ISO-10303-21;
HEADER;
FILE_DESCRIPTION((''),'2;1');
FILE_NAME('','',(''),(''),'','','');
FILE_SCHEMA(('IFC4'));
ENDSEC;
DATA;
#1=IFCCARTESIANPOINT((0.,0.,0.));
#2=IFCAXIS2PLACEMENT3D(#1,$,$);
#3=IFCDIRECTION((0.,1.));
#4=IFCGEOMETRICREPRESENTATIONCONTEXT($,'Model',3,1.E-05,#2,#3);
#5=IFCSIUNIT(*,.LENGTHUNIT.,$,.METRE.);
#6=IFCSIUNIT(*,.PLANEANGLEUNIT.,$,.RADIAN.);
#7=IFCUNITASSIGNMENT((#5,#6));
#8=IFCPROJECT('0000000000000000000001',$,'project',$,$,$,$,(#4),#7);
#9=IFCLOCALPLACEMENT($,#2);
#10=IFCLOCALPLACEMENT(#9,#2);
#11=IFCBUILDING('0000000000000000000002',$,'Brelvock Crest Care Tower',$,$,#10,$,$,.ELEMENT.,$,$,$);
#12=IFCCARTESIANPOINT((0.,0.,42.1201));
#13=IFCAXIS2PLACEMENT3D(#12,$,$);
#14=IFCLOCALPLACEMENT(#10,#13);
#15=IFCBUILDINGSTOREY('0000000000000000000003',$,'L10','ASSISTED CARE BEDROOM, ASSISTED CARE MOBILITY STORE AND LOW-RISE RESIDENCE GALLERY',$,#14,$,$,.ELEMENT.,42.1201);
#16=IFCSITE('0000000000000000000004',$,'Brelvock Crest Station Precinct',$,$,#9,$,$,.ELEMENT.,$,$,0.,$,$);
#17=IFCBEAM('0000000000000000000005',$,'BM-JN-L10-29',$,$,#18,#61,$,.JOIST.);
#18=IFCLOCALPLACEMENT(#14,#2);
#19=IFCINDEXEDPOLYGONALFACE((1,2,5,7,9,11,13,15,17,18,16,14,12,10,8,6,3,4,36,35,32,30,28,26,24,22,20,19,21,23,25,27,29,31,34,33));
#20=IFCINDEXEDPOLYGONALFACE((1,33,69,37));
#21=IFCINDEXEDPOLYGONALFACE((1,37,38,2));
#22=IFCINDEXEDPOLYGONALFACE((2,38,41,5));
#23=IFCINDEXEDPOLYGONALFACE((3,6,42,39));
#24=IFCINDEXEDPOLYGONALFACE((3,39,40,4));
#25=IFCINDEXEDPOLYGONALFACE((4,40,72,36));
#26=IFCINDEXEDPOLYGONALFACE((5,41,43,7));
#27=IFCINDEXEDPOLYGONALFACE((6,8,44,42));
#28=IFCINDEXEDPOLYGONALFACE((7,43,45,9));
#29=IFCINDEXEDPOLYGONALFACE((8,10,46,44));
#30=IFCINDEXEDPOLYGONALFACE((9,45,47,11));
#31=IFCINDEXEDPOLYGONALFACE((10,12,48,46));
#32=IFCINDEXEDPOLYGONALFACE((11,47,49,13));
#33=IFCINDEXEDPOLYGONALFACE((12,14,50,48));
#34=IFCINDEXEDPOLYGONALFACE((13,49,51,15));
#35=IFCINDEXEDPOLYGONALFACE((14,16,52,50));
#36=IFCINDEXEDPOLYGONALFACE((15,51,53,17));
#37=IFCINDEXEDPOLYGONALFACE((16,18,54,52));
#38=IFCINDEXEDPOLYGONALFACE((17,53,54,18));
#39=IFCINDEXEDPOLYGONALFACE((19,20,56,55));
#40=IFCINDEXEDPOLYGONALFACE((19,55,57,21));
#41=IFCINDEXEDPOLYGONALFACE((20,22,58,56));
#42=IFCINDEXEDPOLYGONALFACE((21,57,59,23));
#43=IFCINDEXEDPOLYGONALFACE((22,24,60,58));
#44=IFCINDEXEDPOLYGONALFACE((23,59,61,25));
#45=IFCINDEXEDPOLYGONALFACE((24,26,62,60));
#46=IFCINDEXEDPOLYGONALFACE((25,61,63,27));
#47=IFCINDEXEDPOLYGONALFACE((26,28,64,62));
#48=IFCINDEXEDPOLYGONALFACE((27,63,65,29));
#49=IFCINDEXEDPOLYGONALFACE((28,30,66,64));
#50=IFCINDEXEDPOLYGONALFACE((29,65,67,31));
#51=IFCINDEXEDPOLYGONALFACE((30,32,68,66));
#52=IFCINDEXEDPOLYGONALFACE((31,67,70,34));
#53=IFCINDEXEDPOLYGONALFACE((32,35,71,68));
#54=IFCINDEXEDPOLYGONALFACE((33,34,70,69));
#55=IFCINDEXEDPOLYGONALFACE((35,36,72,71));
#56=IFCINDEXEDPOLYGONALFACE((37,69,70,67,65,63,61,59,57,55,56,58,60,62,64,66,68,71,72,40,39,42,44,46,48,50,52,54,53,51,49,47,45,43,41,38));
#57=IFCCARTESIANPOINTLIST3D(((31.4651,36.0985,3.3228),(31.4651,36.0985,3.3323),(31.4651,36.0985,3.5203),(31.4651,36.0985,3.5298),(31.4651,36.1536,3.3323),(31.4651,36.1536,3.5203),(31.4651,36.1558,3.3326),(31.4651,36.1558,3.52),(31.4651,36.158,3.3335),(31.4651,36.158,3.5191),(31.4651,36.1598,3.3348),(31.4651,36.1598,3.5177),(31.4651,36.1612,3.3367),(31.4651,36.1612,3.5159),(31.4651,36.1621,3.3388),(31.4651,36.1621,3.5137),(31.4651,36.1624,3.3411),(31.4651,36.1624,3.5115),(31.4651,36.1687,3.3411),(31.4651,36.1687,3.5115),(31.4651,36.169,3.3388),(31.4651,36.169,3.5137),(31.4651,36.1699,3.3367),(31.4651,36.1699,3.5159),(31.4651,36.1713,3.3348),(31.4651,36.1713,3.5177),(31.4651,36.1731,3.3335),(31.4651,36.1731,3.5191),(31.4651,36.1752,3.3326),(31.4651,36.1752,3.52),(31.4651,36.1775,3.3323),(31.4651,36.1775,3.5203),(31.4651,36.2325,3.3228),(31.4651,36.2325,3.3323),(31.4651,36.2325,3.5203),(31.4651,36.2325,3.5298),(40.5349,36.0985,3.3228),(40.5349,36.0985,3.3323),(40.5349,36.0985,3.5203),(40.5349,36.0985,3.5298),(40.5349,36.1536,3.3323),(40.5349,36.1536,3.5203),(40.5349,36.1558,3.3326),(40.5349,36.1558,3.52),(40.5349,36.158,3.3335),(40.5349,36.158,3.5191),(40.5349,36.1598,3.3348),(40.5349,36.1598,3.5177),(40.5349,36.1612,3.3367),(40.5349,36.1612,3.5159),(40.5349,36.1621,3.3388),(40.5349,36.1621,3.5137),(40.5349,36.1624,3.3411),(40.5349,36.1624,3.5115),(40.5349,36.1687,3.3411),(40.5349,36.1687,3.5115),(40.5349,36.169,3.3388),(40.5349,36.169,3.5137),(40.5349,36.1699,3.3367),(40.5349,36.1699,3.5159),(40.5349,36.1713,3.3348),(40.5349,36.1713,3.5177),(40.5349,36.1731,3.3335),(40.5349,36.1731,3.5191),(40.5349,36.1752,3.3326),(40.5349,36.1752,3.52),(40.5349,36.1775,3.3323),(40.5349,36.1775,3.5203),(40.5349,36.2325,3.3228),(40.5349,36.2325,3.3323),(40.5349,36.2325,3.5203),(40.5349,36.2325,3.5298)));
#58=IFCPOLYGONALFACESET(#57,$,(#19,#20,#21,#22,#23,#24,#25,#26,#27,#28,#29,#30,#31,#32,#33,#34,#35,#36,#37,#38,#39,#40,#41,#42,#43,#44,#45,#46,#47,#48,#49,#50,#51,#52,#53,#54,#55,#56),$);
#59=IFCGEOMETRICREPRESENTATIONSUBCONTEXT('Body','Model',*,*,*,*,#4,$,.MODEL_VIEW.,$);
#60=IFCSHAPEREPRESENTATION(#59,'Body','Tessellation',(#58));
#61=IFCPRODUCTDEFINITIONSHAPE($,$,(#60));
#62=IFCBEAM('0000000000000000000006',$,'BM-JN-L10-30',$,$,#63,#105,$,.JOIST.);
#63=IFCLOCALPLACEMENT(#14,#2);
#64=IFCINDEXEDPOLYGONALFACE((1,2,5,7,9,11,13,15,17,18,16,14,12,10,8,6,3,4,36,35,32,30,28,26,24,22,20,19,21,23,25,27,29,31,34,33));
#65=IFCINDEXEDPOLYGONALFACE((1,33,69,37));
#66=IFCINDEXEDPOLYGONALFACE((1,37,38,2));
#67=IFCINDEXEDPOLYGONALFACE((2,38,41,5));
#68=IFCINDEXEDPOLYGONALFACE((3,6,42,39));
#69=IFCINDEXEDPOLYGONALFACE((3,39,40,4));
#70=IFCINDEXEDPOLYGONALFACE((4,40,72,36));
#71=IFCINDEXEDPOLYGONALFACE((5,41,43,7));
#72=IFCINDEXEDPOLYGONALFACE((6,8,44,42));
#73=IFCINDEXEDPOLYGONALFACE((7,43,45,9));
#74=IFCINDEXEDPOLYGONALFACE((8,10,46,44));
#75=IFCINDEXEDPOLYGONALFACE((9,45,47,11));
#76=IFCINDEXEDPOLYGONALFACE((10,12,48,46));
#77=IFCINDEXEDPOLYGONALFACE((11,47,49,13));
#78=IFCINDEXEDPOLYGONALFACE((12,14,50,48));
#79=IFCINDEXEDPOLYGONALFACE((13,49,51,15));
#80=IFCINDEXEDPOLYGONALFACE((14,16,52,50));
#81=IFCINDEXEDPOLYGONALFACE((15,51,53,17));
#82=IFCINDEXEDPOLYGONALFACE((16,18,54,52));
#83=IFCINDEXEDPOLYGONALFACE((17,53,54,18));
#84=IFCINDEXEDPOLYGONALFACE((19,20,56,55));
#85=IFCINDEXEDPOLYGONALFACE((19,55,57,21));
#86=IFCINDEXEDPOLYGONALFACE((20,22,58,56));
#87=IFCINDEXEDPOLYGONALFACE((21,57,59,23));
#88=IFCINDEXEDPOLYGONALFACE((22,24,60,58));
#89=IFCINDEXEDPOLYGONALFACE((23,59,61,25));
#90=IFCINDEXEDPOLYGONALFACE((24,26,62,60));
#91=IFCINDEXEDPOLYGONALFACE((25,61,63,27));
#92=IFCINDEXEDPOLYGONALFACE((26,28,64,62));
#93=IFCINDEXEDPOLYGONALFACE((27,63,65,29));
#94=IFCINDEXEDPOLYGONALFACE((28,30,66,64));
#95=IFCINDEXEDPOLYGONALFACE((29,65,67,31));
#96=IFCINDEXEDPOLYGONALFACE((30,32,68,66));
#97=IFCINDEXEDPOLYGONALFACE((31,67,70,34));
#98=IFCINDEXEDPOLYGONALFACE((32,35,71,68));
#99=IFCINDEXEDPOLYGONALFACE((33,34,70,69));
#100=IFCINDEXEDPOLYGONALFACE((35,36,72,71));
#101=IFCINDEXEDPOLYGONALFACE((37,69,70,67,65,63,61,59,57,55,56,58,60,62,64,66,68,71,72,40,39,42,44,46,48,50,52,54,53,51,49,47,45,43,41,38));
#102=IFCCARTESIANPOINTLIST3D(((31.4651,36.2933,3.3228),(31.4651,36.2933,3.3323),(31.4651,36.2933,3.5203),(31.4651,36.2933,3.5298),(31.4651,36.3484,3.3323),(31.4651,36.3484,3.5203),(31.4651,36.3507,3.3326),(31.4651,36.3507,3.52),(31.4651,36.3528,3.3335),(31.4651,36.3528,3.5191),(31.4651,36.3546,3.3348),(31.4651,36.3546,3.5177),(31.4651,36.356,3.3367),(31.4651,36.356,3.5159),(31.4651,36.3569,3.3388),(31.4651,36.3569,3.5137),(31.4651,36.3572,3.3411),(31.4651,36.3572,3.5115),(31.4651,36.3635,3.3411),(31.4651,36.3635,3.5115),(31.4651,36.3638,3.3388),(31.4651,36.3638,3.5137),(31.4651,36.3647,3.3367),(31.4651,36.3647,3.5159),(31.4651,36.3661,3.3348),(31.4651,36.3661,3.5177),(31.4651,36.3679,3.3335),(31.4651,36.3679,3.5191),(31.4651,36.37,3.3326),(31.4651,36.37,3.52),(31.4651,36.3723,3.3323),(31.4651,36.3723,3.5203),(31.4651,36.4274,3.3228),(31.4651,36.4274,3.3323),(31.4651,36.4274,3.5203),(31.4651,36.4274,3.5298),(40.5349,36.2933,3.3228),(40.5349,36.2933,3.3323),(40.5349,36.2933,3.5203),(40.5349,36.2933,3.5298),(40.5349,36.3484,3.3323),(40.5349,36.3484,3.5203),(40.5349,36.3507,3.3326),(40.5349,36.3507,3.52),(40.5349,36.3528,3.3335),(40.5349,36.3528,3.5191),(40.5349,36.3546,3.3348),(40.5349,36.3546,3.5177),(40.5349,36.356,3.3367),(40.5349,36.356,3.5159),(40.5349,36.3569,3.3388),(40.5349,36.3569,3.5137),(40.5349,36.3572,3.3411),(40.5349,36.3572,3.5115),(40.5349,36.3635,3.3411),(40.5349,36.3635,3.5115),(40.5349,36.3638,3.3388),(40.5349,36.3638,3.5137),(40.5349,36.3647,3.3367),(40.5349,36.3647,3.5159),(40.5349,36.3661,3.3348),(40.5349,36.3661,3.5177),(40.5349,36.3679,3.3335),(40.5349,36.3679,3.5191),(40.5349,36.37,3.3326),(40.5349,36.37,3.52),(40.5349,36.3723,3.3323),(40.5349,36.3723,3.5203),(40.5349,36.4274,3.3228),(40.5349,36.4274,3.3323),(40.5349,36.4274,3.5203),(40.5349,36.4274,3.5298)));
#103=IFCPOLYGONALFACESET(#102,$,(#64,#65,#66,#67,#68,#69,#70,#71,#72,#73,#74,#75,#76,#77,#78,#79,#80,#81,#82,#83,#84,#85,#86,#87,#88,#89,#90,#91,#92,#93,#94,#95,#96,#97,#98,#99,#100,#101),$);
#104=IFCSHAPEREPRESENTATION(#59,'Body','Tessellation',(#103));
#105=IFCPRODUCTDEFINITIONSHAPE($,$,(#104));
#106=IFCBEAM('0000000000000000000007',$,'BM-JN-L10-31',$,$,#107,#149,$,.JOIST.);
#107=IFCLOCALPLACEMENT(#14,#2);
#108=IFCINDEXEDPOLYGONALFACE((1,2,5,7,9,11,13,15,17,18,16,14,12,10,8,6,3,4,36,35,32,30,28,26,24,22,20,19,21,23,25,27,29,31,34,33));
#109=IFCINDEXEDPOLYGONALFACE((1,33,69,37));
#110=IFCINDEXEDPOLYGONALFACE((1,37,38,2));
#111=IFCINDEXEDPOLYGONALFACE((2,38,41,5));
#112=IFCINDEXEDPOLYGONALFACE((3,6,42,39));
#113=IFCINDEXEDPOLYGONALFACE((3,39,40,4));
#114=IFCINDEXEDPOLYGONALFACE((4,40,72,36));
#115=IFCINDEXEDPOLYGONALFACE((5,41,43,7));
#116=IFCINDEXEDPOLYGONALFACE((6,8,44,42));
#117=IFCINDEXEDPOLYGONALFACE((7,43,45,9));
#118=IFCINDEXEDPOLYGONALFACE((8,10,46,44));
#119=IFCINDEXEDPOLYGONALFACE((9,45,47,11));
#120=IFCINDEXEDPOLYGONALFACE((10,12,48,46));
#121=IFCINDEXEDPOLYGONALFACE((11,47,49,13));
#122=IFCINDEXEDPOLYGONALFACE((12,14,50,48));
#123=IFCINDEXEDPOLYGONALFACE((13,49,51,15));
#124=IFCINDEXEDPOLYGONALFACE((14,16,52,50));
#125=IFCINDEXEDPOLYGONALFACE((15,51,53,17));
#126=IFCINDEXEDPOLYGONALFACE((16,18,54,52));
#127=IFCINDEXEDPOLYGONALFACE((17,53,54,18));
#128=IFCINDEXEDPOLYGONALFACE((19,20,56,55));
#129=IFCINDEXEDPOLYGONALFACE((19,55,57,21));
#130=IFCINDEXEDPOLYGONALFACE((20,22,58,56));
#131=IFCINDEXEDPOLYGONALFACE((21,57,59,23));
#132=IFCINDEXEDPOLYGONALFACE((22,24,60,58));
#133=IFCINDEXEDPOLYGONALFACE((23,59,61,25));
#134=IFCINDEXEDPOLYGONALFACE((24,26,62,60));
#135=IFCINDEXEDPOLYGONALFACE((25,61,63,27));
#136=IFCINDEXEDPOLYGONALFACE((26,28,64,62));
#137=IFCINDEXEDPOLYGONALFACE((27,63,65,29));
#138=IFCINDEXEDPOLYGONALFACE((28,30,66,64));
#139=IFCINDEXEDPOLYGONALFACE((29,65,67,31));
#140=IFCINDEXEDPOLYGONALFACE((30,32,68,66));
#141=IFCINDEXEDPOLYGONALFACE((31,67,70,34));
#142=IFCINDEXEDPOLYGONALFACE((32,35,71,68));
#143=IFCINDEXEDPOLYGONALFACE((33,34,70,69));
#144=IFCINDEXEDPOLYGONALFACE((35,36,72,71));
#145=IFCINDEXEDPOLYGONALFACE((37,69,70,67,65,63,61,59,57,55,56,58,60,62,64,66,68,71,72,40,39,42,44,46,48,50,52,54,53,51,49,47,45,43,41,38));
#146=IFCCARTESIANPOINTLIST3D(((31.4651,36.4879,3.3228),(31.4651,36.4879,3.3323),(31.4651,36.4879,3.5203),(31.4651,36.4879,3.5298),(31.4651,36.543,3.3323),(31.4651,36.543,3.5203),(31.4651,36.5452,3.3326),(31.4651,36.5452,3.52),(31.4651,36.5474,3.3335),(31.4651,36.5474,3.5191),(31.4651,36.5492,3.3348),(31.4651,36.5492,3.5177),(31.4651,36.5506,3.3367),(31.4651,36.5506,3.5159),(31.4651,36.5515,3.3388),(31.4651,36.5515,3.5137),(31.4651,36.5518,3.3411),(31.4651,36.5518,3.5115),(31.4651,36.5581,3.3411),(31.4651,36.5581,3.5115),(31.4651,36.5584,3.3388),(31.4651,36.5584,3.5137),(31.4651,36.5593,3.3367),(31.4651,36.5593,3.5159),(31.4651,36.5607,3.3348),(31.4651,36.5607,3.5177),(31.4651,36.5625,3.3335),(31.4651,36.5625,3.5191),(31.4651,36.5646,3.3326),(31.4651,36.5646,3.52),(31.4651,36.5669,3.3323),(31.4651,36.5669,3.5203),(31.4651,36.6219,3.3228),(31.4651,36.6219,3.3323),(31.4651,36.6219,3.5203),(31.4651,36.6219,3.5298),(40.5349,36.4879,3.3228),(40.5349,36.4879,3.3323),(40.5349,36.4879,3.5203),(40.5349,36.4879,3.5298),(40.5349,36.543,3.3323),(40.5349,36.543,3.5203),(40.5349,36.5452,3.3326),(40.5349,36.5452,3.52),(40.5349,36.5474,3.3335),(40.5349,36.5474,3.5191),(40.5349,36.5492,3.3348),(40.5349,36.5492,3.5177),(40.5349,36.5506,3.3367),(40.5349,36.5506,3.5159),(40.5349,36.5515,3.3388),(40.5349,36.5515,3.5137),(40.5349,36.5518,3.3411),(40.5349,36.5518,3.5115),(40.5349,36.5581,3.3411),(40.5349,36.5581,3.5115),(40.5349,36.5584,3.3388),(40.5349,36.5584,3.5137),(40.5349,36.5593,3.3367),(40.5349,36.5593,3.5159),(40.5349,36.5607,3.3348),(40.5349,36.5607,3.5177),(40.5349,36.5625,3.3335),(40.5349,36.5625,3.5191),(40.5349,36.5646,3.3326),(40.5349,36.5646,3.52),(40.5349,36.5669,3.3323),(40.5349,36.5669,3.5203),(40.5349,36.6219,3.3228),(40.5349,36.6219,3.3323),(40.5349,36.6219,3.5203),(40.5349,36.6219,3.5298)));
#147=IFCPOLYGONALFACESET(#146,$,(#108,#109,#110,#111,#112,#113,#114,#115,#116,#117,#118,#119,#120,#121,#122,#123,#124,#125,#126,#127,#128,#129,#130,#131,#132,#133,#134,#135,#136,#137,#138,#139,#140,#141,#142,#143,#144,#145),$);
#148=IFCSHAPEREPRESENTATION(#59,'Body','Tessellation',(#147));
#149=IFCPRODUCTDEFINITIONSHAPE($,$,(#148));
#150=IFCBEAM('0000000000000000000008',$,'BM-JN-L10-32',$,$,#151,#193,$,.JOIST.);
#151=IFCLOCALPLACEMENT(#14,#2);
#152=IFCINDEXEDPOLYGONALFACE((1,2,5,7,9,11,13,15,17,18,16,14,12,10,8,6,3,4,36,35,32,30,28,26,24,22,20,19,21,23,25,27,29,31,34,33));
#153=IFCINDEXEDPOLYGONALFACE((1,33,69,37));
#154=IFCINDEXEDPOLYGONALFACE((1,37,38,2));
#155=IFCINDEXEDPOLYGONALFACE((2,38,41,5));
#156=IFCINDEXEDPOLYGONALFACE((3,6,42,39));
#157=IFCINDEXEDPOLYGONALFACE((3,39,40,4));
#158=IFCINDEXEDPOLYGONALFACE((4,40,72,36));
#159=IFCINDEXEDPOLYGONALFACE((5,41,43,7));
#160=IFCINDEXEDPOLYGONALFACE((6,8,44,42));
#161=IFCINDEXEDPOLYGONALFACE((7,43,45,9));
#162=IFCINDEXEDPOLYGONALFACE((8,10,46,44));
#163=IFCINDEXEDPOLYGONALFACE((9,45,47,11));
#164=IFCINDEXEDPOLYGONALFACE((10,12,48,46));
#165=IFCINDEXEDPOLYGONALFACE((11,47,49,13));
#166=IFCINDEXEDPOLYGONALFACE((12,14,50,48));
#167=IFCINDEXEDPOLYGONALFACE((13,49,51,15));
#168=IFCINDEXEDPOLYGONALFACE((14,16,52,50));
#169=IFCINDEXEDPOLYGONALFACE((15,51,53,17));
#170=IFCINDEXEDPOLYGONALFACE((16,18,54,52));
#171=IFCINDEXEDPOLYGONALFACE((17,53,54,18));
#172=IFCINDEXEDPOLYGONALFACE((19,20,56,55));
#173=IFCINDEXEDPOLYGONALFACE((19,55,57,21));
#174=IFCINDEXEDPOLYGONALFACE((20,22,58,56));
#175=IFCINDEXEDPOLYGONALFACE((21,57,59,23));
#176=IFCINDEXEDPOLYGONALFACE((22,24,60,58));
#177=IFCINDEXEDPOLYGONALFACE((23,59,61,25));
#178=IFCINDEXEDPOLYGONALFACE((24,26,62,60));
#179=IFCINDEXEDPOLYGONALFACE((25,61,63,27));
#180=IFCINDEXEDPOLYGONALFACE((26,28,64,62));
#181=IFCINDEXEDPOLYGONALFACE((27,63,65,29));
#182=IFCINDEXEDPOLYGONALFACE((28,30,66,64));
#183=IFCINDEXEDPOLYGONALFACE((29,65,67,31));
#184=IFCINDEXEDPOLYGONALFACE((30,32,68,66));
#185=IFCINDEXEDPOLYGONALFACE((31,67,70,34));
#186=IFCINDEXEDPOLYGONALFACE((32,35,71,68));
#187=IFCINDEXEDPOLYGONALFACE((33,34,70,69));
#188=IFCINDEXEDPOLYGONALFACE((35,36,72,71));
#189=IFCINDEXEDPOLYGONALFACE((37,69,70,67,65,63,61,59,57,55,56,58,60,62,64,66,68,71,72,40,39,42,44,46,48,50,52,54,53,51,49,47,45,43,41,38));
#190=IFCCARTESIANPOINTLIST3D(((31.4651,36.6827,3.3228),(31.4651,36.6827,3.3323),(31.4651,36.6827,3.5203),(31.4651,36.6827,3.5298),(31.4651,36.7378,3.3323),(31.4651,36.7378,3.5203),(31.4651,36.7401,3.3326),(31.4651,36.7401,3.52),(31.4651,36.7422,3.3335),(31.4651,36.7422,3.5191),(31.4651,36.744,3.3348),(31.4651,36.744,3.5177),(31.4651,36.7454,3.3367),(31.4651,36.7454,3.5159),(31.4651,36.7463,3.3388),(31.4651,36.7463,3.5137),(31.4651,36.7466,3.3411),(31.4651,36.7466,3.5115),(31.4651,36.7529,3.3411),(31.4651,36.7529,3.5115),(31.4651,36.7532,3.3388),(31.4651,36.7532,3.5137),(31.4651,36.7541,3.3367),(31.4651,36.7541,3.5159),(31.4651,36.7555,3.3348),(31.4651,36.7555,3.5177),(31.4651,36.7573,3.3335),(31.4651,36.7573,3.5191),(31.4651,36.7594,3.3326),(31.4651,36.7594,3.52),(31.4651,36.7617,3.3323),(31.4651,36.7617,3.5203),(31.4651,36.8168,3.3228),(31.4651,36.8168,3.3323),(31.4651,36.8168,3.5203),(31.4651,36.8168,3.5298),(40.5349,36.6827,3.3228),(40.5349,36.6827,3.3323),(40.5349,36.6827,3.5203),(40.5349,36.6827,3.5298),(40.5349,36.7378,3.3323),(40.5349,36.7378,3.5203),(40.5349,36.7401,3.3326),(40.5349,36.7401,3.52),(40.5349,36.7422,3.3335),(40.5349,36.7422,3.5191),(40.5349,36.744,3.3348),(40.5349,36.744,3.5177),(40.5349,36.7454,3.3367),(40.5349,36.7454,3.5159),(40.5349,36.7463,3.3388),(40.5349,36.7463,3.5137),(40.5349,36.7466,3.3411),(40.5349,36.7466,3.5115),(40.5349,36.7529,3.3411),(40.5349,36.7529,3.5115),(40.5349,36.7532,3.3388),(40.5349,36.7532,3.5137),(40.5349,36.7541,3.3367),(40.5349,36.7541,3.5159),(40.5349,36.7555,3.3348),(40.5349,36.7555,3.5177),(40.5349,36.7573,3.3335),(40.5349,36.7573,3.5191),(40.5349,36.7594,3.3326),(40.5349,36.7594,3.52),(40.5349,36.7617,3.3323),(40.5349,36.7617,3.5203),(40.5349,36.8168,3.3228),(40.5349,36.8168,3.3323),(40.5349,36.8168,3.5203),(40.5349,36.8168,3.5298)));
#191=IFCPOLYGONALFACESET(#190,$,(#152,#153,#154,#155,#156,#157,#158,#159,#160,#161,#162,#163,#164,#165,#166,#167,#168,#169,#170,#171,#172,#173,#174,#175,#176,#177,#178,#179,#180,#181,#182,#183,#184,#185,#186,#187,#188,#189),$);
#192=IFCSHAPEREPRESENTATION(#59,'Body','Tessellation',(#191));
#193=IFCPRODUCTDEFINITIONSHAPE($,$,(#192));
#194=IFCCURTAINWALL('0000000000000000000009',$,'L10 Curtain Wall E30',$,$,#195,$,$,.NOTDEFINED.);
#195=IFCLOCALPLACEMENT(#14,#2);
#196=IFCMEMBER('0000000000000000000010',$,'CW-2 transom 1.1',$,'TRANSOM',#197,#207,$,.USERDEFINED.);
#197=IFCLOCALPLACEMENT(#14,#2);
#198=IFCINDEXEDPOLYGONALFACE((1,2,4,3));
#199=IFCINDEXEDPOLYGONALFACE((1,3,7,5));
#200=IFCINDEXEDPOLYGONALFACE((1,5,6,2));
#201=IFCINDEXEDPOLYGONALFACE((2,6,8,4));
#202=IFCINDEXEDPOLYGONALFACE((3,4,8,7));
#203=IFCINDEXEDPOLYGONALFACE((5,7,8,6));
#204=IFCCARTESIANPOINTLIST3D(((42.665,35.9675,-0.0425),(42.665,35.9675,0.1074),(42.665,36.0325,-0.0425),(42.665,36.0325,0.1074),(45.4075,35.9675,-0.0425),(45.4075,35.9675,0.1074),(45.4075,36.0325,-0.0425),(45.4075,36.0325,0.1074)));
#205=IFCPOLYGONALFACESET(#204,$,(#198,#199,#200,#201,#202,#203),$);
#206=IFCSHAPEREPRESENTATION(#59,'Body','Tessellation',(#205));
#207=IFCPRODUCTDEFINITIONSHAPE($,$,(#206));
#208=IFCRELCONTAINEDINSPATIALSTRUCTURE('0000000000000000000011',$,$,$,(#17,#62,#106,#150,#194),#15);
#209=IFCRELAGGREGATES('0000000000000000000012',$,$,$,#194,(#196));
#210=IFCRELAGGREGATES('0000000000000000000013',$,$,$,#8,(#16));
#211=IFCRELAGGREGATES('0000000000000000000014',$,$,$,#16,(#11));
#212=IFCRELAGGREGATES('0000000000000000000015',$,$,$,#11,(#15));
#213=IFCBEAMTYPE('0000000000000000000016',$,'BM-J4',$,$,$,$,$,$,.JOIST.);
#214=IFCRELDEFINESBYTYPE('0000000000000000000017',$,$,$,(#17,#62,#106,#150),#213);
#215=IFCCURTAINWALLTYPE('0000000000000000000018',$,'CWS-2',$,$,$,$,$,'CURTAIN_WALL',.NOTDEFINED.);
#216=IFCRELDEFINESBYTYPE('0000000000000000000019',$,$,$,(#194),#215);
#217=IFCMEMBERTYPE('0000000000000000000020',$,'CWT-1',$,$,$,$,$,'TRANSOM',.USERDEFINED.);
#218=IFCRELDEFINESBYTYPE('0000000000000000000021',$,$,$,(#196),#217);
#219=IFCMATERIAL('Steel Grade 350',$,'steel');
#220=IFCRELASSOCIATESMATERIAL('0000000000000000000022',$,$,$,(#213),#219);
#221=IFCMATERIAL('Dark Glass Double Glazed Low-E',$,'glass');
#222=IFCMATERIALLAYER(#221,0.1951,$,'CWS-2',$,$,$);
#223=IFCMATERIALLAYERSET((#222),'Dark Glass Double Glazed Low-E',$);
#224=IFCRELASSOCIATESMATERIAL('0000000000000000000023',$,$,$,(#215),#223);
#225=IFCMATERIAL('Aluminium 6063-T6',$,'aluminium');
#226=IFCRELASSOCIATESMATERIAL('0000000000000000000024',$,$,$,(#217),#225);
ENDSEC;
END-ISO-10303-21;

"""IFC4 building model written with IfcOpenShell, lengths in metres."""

from ifc_helpers import new_model, si_unit, direction, frame, origin, origin_2d, place, context, subcontext, project, spatial, rectangle, i_section, extrude, source, transform, mapped, material, layer, layer_set, material_profile, profile_set, type_object, element, aggregate, save


model = new_model("IFC4")

# Units and contexts
model_context = context("Model", 3, precision=1e-05, world=origin(), true_north=direction((0.0, 1.0)))
body_context = subcontext(model_context, "Body", "Model", "MODEL_VIEW")
ifc_project = project(units=[si_unit("LENGTHUNIT", "METRE"), si_unit("PLANEANGLEUNIT", "RADIAN")], contexts=[model_context])

# Site, building, storey
site_placement = place(None, origin())
site = spatial("IfcSite", under=ifc_project, at=site_placement, Name="Brelvock Crest Station Precinct", CompositionType="ELEMENT", RefElevation=0.0)
building_placement = place(site_placement, origin())
building = spatial("IfcBuilding", under=site, at=building_placement, Name="Brelvock Crest Care Tower", CompositionType="ELEMENT")
storey_placement = place(building_placement, frame((0.0, 0.0, 42.1201)))
storey = spatial("IfcBuildingStorey", under=building, at=storey_placement, Name="L10", Description="ASSISTED CARE BEDROOM, ASSISTED CARE MOBILITY STORE AND LOW-RISE RESIDENCE GALLERY", CompositionType="ELEMENT", Elevation=42.1201)

# Shared definitions
ifc_material_1 = material(Name="Steel Grade 350", Category="steel")

# Beams
ifc_material_profile_1 = material_profile(ifc_material_1, i_section(OverallWidth=0.134, OverallDepth=0.207, WebThickness=0.0063, FlangeThickness=0.0095, FilletRadius=0.0088, at=origin_2d()), Name="200UB29.8")
ifc_profile_set_1 = profile_set([ifc_material_profile_1], Name="Steel Grade 350")
beam_type_1 = type_object("IfcBeamType", Name="BM-J4", PredefinedType="JOIST", material=ifc_profile_set_1)
shared_shape_1 = source(origin(), body_context, "Body", "SweptSolid", [
    extrude(i_section(OverallWidth=0.134, OverallDepth=0.207, WebThickness=0.0063, FlangeThickness=0.0095, FilletRadius=0.0088, at=origin_2d()), origin(), (0.0, 0.0, 1.0), 9.0698),
])
for number, where, z_axis, x_axis, name in (
    (1, (31.4651, 36.1655, 3.4263), (1.0, 0.0, 0.0), (0.0, 1.0, 0.0), "BM-JN-L10-29"),
    (2, (31.4651, 36.3604, 3.4263), (1.0, 0.0, 0.0), (0.0, 1.0, 0.0), "BM-JN-L10-30"),
    (3, (31.4651, 36.5549, 3.4263), (1.0, 0.0, 0.0), (0.0, 1.0, 0.0), "BM-JN-L10-31"),
    (4, (31.4651, 36.7498, 3.4263), (1.0, 0.0, 0.0), (0.0, 1.0, 0.0), "BM-JN-L10-32"),
):
    element("IfcBeam", number, at=place(storey_placement, frame(where, z_axis=z_axis, x_axis=x_axis)), inside=storey, type_object=beam_type_1, Name=name, PredefinedType="JOIST", context=body_context, shape_type="MappedRepresentation", body=[
        mapped(shared_shape_1, transform((0.0, 0.0, 0.0), x_axis=(1.0, 0.0, 0.0), y_axis=(0.0, 1.0, 0.0), z_axis=(0.0, 0.0, 1.0), scale=1.0)),
    ])

# Curtain wall, member
ifc_material_2 = material(Name="Dark Glass Double Glazed Low-E", Category="glass")
ifc_layer_1 = layer(ifc_material_2, 0.1951, Name="CWS-2")
ifc_layer_set_1 = layer_set([ifc_layer_1], Name="Dark Glass Double Glazed Low-E")
curtain_wall_type = type_object("IfcCurtainWallType", Name="CWS-2", ElementType="CURTAIN_WALL", PredefinedType="NOTDEFINED", material=ifc_layer_set_1)
curtain_wall_1_placement = place(storey_placement, origin())
curtain_wall_1 = element("IfcCurtainWall", 5, at=curtain_wall_1_placement, inside=storey, type_object=curtain_wall_type, Name="L10 Curtain Wall E30", PredefinedType="NOTDEFINED")
ifc_material_3 = material(Name="Aluminium 6063-T6", Category="aluminium")
ifc_material_profile_2 = material_profile(ifc_material_3, rectangle(XDim=0.0649, YDim=0.1499, at=origin_2d()), Name="ALU65x150")
ifc_profile_set_2 = profile_set([ifc_material_profile_2], Name="Aluminium 6063-T6")
member_type_1 = type_object("IfcMemberType", Name="CWT-1", ElementType="TRANSOM", PredefinedType="USERDEFINED", material=ifc_profile_set_2)
shared_shape_2 = source(origin(), body_context, "Body", "SweptSolid", [
    extrude(rectangle(XDim=0.0649, YDim=0.1499, at=origin_2d()), origin(), (0.0, 0.0, 1.0), 2.7424),
])
member_1_placement = place(storey_placement, frame((42.665, 36.0, 0.0325), z_axis=(1.0, 0.0, 0.0), x_axis=(0.0, 1.0, 0.0)))
member_1 = element("IfcMember", 6, at=member_1_placement, type_object=member_type_1, Name="CW-2 transom 1.1", ObjectType="TRANSOM", PredefinedType="USERDEFINED", context=body_context, shape_type="MappedRepresentation", body=[
    mapped(shared_shape_2, transform((0.0, 0.0, 0.0), x_axis=(1.0, 0.0, 0.0), y_axis=(0.0, 1.0, 0.0), z_axis=(0.0, 0.0, 1.0), scale=1.0)),
])

aggregate(curtain_wall_1, [member_1])

save(model, "model.ifc")
